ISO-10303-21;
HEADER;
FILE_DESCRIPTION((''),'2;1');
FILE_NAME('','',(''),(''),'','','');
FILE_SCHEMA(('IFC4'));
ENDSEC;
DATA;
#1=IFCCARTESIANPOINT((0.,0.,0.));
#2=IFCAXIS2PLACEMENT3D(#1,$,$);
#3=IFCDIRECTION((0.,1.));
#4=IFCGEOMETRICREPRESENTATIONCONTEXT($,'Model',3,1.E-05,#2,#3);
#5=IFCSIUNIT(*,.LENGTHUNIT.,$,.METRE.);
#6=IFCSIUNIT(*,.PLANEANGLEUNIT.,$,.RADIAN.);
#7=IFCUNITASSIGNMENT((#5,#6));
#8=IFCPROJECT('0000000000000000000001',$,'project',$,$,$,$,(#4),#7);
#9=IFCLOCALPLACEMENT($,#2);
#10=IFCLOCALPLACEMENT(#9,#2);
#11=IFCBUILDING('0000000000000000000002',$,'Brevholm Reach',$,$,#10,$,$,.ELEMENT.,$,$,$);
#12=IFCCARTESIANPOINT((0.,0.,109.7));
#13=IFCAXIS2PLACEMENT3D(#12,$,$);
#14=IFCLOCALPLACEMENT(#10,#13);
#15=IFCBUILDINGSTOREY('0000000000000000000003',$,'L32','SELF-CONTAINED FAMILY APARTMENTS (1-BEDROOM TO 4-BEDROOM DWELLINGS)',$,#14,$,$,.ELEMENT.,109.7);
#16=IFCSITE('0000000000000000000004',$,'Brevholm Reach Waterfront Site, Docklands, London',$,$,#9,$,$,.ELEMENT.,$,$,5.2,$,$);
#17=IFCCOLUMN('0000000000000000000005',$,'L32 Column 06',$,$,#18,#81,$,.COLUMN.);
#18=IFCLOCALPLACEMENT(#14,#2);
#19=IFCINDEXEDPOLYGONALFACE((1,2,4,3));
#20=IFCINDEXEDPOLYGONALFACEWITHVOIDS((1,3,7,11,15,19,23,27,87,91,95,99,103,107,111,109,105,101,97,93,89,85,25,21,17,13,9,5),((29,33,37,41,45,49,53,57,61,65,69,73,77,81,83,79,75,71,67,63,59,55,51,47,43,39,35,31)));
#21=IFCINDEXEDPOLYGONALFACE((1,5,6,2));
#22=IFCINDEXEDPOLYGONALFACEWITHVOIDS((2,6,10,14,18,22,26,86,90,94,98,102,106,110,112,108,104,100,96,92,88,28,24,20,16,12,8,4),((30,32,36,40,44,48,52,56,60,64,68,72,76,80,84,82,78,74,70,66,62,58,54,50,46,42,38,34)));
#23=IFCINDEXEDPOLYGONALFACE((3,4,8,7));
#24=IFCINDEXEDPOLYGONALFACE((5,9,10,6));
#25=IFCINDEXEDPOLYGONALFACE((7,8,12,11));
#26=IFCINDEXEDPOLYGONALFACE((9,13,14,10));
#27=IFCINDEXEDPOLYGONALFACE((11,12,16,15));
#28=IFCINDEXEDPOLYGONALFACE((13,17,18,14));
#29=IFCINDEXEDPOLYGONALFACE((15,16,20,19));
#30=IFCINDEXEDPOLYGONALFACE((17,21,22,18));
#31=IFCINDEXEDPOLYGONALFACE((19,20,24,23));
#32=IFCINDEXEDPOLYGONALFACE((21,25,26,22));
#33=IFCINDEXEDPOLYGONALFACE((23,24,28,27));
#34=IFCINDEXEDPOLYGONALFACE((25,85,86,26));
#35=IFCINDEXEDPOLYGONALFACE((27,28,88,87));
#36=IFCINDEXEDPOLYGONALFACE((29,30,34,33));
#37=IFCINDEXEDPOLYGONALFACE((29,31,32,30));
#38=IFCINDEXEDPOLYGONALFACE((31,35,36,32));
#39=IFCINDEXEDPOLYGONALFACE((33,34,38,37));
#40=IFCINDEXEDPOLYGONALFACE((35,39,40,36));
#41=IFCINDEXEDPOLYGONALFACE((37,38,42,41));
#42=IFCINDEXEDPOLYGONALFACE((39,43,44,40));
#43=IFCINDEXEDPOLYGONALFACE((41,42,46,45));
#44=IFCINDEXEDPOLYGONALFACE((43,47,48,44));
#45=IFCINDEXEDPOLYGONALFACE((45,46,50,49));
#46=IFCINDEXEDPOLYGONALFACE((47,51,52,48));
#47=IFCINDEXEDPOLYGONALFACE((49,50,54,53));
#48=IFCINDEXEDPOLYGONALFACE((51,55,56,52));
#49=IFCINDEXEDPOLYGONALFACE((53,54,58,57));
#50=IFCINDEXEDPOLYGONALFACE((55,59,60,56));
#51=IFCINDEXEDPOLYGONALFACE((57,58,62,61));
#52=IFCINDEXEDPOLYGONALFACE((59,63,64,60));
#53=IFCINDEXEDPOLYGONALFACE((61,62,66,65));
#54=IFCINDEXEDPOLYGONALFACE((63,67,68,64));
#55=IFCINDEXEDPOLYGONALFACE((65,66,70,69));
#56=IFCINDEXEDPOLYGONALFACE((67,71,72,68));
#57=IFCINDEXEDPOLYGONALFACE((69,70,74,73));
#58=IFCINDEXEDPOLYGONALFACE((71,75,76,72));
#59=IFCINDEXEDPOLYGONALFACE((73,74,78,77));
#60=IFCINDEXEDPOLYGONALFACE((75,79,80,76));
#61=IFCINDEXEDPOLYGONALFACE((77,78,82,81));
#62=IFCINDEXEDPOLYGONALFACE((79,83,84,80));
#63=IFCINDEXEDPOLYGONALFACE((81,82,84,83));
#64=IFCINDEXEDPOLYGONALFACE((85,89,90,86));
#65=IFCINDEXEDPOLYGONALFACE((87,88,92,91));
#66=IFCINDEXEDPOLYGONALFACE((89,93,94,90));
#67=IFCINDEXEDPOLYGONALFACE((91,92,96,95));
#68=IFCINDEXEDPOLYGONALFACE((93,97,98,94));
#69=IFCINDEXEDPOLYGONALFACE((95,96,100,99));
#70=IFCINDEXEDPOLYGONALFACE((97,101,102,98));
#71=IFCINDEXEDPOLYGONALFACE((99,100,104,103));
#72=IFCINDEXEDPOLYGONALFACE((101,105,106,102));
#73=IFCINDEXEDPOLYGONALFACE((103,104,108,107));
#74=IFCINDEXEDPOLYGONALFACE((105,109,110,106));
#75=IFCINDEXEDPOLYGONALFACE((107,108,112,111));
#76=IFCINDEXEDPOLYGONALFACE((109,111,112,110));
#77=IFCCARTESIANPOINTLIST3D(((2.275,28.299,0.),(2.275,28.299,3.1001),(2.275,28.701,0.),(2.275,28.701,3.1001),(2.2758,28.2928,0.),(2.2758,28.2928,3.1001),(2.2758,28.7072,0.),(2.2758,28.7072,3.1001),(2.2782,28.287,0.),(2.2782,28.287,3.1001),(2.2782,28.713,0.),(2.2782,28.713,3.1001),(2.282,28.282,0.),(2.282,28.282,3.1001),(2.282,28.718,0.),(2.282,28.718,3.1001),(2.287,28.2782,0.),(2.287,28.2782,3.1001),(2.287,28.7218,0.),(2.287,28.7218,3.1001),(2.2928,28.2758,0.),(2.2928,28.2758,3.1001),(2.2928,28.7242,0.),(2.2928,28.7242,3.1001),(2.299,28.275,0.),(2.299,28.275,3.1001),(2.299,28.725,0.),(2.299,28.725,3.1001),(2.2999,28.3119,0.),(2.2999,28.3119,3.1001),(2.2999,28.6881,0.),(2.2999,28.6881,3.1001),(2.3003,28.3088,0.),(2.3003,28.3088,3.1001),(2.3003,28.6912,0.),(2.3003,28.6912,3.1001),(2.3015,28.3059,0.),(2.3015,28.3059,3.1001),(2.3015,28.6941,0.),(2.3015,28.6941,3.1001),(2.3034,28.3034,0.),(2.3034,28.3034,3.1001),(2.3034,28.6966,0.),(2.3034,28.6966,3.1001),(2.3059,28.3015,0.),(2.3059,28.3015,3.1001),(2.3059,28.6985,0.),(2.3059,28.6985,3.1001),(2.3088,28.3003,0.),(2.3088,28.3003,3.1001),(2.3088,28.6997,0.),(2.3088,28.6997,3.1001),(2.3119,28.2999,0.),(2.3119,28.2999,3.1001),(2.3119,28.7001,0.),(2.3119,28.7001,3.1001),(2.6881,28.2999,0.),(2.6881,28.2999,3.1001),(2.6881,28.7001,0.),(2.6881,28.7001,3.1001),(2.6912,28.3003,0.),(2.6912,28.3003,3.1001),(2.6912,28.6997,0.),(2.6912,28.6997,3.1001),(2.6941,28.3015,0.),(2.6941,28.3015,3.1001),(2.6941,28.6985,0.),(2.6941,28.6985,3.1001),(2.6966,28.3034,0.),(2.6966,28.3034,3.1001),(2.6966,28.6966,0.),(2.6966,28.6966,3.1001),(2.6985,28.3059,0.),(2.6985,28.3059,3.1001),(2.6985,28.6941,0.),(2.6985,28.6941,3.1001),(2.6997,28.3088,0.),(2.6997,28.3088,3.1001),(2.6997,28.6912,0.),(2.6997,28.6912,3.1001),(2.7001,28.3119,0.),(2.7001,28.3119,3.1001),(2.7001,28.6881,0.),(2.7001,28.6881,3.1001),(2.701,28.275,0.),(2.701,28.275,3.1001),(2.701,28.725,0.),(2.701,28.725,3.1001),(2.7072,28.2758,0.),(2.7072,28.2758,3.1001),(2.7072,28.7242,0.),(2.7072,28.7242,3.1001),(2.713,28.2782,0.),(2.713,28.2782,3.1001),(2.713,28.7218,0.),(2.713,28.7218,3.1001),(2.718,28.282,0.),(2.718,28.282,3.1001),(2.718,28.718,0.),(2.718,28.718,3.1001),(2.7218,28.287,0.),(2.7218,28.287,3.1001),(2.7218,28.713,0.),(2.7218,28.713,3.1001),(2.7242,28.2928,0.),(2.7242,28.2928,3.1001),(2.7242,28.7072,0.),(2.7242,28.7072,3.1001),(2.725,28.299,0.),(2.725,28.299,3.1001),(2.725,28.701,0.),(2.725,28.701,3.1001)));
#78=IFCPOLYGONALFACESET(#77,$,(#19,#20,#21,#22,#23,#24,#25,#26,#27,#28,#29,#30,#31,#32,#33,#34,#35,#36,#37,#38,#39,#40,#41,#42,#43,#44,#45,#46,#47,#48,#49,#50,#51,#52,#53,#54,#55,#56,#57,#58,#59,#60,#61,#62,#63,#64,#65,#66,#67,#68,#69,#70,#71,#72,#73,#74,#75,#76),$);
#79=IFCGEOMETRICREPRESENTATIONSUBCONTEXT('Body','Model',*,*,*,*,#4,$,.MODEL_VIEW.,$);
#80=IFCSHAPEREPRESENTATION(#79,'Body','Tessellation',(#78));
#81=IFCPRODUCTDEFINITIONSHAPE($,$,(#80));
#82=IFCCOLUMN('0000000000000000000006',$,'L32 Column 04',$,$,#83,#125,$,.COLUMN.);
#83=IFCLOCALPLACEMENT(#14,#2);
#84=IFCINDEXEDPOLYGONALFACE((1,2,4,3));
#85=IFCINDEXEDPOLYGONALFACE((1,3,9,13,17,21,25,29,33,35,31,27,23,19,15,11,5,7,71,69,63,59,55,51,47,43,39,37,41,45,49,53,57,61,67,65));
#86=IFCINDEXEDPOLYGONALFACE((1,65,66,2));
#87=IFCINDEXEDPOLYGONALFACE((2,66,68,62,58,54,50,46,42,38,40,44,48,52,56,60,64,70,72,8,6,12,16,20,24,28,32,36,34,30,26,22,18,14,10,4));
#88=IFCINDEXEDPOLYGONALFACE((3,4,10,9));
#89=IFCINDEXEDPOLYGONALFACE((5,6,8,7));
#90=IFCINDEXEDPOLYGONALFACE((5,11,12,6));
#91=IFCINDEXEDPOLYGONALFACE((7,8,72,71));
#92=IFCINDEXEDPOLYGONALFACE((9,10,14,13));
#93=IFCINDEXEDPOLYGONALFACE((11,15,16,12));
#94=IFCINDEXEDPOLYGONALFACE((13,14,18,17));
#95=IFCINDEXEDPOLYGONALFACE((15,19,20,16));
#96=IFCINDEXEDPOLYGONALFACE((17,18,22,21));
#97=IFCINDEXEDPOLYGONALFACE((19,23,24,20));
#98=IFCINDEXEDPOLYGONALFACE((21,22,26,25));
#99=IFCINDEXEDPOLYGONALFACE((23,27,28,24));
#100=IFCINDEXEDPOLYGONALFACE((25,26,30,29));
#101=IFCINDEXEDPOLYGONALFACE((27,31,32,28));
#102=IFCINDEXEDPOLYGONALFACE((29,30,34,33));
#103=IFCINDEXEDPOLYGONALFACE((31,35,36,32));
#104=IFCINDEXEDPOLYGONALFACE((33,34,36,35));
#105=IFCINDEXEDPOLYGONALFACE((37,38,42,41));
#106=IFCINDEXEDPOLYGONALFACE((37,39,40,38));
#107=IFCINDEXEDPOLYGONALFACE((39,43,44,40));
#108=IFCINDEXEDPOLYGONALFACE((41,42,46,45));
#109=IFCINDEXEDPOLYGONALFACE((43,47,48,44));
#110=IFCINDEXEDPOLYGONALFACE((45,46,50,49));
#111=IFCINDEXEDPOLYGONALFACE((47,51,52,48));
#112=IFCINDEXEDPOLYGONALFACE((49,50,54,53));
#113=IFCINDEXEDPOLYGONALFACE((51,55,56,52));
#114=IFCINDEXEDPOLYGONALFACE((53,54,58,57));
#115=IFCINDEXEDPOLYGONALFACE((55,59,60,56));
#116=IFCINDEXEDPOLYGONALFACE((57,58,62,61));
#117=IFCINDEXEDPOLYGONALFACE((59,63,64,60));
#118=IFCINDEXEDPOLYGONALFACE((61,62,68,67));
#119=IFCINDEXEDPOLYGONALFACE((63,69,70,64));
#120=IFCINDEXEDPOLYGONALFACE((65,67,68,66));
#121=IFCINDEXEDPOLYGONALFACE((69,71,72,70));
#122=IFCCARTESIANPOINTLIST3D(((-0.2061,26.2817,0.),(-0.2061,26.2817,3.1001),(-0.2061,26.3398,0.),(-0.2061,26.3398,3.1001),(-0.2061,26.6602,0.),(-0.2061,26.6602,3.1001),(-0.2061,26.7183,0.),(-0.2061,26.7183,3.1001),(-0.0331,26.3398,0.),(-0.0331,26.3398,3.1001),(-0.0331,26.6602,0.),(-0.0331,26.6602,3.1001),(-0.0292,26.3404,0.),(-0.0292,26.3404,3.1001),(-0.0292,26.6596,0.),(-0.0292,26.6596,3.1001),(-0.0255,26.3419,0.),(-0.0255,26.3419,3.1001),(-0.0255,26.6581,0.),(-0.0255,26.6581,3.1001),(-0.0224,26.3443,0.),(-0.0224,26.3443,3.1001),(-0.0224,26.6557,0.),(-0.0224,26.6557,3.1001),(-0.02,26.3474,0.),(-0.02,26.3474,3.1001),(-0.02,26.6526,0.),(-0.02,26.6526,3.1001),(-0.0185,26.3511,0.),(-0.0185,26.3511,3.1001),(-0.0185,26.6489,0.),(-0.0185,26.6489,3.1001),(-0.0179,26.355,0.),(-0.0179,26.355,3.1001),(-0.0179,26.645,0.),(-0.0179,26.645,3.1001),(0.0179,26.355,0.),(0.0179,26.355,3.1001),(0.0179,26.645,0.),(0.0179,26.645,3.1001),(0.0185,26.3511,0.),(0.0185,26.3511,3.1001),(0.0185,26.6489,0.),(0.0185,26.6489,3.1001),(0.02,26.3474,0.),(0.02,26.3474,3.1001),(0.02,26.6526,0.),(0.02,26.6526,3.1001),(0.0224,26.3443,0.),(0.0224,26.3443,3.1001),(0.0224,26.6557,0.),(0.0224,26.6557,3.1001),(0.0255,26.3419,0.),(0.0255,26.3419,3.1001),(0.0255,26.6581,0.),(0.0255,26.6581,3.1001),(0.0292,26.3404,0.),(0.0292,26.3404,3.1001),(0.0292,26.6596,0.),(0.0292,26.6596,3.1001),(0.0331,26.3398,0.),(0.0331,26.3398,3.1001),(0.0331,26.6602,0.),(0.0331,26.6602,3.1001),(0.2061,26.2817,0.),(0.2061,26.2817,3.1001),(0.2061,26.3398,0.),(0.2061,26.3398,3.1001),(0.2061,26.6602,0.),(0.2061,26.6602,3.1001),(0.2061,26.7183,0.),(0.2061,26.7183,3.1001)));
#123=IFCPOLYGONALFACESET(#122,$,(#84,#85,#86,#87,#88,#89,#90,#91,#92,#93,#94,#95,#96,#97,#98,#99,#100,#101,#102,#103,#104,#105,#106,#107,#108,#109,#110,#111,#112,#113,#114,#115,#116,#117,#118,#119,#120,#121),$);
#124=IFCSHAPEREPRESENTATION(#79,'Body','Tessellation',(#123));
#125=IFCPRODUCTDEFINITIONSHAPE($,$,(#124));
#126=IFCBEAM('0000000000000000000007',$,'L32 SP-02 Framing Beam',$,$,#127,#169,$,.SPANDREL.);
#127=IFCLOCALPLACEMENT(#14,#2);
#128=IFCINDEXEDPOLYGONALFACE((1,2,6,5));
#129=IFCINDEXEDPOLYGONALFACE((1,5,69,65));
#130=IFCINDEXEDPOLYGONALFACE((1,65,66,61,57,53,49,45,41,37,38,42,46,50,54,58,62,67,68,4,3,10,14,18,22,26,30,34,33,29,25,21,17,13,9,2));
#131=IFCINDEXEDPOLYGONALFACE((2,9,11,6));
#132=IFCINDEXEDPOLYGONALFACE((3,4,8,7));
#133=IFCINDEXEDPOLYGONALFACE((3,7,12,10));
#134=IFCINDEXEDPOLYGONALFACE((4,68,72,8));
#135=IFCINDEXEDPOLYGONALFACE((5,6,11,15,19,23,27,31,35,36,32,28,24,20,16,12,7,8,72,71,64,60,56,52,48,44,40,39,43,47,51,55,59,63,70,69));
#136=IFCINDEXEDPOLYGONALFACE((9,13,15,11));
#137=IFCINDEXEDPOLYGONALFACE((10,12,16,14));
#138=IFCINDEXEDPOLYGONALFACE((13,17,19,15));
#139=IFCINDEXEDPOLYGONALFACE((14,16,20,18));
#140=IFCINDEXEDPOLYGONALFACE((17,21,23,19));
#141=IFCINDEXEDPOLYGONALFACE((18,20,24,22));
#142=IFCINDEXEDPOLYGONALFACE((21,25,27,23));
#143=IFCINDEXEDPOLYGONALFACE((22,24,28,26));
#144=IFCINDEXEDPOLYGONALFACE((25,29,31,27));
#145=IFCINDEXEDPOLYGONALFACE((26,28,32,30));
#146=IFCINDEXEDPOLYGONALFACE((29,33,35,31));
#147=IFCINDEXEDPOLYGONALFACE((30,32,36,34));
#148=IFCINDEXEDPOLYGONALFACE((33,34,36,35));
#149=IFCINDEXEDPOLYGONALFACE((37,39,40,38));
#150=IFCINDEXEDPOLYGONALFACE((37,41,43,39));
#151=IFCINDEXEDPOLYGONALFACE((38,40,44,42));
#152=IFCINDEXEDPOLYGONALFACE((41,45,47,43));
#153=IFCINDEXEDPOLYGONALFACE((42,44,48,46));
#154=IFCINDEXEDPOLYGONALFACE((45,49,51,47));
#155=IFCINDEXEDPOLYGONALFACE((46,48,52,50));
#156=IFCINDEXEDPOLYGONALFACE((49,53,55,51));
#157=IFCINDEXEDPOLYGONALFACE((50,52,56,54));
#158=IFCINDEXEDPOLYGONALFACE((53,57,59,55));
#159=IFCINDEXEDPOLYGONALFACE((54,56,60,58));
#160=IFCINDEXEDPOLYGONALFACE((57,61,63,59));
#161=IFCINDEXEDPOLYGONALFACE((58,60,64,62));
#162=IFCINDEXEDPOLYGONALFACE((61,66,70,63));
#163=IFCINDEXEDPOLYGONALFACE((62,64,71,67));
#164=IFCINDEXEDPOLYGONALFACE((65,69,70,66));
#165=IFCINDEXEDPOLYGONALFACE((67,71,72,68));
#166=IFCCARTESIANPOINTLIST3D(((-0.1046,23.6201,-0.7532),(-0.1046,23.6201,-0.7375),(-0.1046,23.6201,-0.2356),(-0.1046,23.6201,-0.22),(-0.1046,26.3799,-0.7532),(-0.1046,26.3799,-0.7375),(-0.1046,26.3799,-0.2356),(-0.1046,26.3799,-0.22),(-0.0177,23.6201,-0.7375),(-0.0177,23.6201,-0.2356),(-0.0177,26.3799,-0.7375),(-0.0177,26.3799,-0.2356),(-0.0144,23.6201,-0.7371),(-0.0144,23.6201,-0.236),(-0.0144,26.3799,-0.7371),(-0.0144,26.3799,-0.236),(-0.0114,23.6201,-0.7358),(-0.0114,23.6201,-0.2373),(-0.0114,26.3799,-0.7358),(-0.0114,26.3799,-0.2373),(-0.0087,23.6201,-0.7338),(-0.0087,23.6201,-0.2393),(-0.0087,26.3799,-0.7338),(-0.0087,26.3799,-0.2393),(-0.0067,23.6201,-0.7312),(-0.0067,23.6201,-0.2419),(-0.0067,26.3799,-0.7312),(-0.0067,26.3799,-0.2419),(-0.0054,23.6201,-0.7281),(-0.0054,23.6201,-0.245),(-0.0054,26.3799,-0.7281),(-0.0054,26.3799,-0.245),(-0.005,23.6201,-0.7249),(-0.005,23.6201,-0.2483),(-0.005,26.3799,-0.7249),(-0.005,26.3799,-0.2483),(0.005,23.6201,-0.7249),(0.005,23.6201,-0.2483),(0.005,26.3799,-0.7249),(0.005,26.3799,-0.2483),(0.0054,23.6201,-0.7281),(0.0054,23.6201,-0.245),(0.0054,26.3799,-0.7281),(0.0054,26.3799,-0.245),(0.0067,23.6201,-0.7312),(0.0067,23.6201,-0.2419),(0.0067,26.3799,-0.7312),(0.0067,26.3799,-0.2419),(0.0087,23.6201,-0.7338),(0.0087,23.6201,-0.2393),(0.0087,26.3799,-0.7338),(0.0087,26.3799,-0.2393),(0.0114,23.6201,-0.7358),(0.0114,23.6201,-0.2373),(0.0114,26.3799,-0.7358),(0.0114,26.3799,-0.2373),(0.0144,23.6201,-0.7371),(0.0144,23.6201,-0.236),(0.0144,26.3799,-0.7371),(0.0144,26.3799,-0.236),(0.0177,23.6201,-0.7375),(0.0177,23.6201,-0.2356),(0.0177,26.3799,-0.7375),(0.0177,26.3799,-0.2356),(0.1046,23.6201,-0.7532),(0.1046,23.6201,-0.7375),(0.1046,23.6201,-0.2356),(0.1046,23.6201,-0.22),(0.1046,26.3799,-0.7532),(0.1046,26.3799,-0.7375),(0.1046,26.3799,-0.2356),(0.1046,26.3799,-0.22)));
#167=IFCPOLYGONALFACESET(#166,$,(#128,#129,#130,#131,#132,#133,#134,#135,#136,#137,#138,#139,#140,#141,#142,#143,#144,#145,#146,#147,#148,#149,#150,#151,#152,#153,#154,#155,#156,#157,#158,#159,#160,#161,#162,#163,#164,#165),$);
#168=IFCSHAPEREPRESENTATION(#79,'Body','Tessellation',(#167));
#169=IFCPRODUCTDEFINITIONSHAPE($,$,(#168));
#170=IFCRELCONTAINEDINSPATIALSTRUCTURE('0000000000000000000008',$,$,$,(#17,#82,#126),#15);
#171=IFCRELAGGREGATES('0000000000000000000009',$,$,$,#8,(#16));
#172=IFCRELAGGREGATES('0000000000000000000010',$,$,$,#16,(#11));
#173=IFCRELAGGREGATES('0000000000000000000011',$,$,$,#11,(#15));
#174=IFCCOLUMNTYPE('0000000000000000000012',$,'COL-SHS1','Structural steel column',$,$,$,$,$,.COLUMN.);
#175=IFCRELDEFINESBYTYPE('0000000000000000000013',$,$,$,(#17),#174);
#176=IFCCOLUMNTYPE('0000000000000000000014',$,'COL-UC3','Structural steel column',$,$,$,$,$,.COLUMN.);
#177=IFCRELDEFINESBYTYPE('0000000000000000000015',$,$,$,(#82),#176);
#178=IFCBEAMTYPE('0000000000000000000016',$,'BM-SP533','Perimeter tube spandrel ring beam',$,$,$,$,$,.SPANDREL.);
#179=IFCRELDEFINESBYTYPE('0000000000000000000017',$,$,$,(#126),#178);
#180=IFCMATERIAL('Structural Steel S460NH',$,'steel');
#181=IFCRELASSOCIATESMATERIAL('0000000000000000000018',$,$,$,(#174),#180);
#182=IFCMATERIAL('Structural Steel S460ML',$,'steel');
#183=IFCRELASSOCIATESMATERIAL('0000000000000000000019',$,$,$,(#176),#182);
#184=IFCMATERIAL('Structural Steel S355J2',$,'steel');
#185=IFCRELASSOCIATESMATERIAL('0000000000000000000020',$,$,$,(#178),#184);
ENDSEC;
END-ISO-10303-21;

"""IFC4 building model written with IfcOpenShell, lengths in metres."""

from ifc_helpers import new_model, si_unit, direction, frame, origin, origin_2d, place, context, subcontext, project, spatial, hollow_rectangle, i_section, extrude, material, material_profile, profile_set, type_object, element, save


model = new_model("IFC4")

# Units and contexts
model_context = context("Model", 3, precision=1e-05, world=origin(), true_north=direction((0.0, 1.0)))
body_context = subcontext(model_context, "Body", "Model", "MODEL_VIEW")
ifc_project = project(units=[si_unit("LENGTHUNIT", "METRE"), si_unit("PLANEANGLEUNIT", "RADIAN")], contexts=[model_context])

# Site, building, storey
site_placement = place(None, origin())
site = spatial("IfcSite", under=ifc_project, at=site_placement, Name="Brevholm Reach Waterfront Site, Docklands, London", CompositionType="ELEMENT", RefElevation=5.2)
building_placement = place(site_placement, origin())
building = spatial("IfcBuilding", under=site, at=building_placement, Name="Brevholm Reach", CompositionType="ELEMENT")
storey_placement = place(building_placement, frame((0.0, 0.0, 109.7)))
storey = spatial("IfcBuildingStorey", under=building, at=storey_placement, Name="L32", Description="SELF-CONTAINED FAMILY APARTMENTS (1-BEDROOM TO 4-BEDROOM DWELLINGS)", CompositionType="ELEMENT", Elevation=109.7)

# Columns
ifc_material_1 = material(Name="Structural Steel S460NH", Category="steel")
ifc_material_profile_1 = material_profile(ifc_material_1, hollow_rectangle(XDim=0.45, YDim=0.45, WallThickness=0.0249, InnerFilletRadius=0.012, OuterFilletRadius=0.0239, at=origin_2d()), Name="SHS 450x450x25")
ifc_profile_set_1 = profile_set([ifc_material_profile_1], Name="Structural Steel S460NH")
column_type_1 = type_object("IfcColumnType", Name="COL-SHS1", Description="Structural steel column", PredefinedType="COLUMN", material=ifc_profile_set_1)
column_1_placement = place(storey_placement, frame((2.5, 28.5, 0.0), z_axis=(0.0, 0.0, 1.0), x_axis=(1.0, 0.0, 0.0)))
element("IfcColumn", 1, at=column_1_placement, inside=storey, type_object=column_type_1, Name="L32 Column 06", PredefinedType="COLUMN", context=body_context, shape_type="SweptSolid", body=[
    extrude(hollow_rectangle(XDim=0.45, YDim=0.45, WallThickness=0.0249, InnerFilletRadius=0.012, OuterFilletRadius=0.0239, at=origin_2d()), origin(), (0.0, 0.0, 1.0), 3.1001),
])
ifc_material_2 = material(Name="Structural Steel S460ML", Category="steel")
ifc_material_profile_2 = material_profile(ifc_material_2, i_section(OverallWidth=0.4121, OverallDepth=0.4365, WebThickness=0.0359, FlangeThickness=0.0581, FilletRadius=0.0151, at=origin_2d()), Name="UKC 356x406x467")
ifc_profile_set_2 = profile_set([ifc_material_profile_2], Name="Structural Steel S460ML")
column_type_2 = type_object("IfcColumnType", Name="COL-UC3", Description="Structural steel column", PredefinedType="COLUMN", material=ifc_profile_set_2)
column_2_placement = place(storey_placement, frame((0.0, 26.5, 0.0), z_axis=(0.0, 0.0, 1.0), x_axis=(1.0, 0.0, 0.0)))
element("IfcColumn", 2, at=column_2_placement, inside=storey, type_object=column_type_2, Name="L32 Column 04", PredefinedType="COLUMN", context=body_context, shape_type="SweptSolid", body=[
    extrude(i_section(OverallWidth=0.4121, OverallDepth=0.4365, WebThickness=0.0359, FlangeThickness=0.0581, FilletRadius=0.0151, at=origin_2d()), origin(), (0.0, 0.0, 1.0), 3.1001),
])

# Beam
ifc_material_3 = material(Name="Structural Steel S355J2", Category="steel")
ifc_material_profile_3 = material_profile(ifc_material_3, i_section(OverallWidth=0.2092, OverallDepth=0.5332, WebThickness=0.01, FlangeThickness=0.0156, FilletRadius=0.0127, at=origin_2d()), Name="UKB 533x210x92")
ifc_profile_set_3 = profile_set([ifc_material_profile_3], Name="Structural Steel S355J2")
beam_type_1 = type_object("IfcBeamType", Name="BM-SP533", Description="Perimeter tube spandrel ring beam", PredefinedType="SPANDREL", material=ifc_profile_set_3)
beam_placement = place(storey_placement, frame((0.0, 23.6201, -0.4866), z_axis=(0.0, 1.0, 0.0), x_axis=(-1.0, 0.0, 0.0)))
element("IfcBeam", 3, at=beam_placement, inside=storey, type_object=beam_type_1, Name="L32 SP-02 Framing Beam", PredefinedType="SPANDREL", context=body_context, shape_type="SweptSolid", body=[
    extrude(i_section(OverallWidth=0.2092, OverallDepth=0.5332, WebThickness=0.01, FlangeThickness=0.0156, FilletRadius=0.0127, at=origin_2d()), origin(), (0.0, 0.0, 1.0), 2.7598),
])

save(model, "model.ifc")
